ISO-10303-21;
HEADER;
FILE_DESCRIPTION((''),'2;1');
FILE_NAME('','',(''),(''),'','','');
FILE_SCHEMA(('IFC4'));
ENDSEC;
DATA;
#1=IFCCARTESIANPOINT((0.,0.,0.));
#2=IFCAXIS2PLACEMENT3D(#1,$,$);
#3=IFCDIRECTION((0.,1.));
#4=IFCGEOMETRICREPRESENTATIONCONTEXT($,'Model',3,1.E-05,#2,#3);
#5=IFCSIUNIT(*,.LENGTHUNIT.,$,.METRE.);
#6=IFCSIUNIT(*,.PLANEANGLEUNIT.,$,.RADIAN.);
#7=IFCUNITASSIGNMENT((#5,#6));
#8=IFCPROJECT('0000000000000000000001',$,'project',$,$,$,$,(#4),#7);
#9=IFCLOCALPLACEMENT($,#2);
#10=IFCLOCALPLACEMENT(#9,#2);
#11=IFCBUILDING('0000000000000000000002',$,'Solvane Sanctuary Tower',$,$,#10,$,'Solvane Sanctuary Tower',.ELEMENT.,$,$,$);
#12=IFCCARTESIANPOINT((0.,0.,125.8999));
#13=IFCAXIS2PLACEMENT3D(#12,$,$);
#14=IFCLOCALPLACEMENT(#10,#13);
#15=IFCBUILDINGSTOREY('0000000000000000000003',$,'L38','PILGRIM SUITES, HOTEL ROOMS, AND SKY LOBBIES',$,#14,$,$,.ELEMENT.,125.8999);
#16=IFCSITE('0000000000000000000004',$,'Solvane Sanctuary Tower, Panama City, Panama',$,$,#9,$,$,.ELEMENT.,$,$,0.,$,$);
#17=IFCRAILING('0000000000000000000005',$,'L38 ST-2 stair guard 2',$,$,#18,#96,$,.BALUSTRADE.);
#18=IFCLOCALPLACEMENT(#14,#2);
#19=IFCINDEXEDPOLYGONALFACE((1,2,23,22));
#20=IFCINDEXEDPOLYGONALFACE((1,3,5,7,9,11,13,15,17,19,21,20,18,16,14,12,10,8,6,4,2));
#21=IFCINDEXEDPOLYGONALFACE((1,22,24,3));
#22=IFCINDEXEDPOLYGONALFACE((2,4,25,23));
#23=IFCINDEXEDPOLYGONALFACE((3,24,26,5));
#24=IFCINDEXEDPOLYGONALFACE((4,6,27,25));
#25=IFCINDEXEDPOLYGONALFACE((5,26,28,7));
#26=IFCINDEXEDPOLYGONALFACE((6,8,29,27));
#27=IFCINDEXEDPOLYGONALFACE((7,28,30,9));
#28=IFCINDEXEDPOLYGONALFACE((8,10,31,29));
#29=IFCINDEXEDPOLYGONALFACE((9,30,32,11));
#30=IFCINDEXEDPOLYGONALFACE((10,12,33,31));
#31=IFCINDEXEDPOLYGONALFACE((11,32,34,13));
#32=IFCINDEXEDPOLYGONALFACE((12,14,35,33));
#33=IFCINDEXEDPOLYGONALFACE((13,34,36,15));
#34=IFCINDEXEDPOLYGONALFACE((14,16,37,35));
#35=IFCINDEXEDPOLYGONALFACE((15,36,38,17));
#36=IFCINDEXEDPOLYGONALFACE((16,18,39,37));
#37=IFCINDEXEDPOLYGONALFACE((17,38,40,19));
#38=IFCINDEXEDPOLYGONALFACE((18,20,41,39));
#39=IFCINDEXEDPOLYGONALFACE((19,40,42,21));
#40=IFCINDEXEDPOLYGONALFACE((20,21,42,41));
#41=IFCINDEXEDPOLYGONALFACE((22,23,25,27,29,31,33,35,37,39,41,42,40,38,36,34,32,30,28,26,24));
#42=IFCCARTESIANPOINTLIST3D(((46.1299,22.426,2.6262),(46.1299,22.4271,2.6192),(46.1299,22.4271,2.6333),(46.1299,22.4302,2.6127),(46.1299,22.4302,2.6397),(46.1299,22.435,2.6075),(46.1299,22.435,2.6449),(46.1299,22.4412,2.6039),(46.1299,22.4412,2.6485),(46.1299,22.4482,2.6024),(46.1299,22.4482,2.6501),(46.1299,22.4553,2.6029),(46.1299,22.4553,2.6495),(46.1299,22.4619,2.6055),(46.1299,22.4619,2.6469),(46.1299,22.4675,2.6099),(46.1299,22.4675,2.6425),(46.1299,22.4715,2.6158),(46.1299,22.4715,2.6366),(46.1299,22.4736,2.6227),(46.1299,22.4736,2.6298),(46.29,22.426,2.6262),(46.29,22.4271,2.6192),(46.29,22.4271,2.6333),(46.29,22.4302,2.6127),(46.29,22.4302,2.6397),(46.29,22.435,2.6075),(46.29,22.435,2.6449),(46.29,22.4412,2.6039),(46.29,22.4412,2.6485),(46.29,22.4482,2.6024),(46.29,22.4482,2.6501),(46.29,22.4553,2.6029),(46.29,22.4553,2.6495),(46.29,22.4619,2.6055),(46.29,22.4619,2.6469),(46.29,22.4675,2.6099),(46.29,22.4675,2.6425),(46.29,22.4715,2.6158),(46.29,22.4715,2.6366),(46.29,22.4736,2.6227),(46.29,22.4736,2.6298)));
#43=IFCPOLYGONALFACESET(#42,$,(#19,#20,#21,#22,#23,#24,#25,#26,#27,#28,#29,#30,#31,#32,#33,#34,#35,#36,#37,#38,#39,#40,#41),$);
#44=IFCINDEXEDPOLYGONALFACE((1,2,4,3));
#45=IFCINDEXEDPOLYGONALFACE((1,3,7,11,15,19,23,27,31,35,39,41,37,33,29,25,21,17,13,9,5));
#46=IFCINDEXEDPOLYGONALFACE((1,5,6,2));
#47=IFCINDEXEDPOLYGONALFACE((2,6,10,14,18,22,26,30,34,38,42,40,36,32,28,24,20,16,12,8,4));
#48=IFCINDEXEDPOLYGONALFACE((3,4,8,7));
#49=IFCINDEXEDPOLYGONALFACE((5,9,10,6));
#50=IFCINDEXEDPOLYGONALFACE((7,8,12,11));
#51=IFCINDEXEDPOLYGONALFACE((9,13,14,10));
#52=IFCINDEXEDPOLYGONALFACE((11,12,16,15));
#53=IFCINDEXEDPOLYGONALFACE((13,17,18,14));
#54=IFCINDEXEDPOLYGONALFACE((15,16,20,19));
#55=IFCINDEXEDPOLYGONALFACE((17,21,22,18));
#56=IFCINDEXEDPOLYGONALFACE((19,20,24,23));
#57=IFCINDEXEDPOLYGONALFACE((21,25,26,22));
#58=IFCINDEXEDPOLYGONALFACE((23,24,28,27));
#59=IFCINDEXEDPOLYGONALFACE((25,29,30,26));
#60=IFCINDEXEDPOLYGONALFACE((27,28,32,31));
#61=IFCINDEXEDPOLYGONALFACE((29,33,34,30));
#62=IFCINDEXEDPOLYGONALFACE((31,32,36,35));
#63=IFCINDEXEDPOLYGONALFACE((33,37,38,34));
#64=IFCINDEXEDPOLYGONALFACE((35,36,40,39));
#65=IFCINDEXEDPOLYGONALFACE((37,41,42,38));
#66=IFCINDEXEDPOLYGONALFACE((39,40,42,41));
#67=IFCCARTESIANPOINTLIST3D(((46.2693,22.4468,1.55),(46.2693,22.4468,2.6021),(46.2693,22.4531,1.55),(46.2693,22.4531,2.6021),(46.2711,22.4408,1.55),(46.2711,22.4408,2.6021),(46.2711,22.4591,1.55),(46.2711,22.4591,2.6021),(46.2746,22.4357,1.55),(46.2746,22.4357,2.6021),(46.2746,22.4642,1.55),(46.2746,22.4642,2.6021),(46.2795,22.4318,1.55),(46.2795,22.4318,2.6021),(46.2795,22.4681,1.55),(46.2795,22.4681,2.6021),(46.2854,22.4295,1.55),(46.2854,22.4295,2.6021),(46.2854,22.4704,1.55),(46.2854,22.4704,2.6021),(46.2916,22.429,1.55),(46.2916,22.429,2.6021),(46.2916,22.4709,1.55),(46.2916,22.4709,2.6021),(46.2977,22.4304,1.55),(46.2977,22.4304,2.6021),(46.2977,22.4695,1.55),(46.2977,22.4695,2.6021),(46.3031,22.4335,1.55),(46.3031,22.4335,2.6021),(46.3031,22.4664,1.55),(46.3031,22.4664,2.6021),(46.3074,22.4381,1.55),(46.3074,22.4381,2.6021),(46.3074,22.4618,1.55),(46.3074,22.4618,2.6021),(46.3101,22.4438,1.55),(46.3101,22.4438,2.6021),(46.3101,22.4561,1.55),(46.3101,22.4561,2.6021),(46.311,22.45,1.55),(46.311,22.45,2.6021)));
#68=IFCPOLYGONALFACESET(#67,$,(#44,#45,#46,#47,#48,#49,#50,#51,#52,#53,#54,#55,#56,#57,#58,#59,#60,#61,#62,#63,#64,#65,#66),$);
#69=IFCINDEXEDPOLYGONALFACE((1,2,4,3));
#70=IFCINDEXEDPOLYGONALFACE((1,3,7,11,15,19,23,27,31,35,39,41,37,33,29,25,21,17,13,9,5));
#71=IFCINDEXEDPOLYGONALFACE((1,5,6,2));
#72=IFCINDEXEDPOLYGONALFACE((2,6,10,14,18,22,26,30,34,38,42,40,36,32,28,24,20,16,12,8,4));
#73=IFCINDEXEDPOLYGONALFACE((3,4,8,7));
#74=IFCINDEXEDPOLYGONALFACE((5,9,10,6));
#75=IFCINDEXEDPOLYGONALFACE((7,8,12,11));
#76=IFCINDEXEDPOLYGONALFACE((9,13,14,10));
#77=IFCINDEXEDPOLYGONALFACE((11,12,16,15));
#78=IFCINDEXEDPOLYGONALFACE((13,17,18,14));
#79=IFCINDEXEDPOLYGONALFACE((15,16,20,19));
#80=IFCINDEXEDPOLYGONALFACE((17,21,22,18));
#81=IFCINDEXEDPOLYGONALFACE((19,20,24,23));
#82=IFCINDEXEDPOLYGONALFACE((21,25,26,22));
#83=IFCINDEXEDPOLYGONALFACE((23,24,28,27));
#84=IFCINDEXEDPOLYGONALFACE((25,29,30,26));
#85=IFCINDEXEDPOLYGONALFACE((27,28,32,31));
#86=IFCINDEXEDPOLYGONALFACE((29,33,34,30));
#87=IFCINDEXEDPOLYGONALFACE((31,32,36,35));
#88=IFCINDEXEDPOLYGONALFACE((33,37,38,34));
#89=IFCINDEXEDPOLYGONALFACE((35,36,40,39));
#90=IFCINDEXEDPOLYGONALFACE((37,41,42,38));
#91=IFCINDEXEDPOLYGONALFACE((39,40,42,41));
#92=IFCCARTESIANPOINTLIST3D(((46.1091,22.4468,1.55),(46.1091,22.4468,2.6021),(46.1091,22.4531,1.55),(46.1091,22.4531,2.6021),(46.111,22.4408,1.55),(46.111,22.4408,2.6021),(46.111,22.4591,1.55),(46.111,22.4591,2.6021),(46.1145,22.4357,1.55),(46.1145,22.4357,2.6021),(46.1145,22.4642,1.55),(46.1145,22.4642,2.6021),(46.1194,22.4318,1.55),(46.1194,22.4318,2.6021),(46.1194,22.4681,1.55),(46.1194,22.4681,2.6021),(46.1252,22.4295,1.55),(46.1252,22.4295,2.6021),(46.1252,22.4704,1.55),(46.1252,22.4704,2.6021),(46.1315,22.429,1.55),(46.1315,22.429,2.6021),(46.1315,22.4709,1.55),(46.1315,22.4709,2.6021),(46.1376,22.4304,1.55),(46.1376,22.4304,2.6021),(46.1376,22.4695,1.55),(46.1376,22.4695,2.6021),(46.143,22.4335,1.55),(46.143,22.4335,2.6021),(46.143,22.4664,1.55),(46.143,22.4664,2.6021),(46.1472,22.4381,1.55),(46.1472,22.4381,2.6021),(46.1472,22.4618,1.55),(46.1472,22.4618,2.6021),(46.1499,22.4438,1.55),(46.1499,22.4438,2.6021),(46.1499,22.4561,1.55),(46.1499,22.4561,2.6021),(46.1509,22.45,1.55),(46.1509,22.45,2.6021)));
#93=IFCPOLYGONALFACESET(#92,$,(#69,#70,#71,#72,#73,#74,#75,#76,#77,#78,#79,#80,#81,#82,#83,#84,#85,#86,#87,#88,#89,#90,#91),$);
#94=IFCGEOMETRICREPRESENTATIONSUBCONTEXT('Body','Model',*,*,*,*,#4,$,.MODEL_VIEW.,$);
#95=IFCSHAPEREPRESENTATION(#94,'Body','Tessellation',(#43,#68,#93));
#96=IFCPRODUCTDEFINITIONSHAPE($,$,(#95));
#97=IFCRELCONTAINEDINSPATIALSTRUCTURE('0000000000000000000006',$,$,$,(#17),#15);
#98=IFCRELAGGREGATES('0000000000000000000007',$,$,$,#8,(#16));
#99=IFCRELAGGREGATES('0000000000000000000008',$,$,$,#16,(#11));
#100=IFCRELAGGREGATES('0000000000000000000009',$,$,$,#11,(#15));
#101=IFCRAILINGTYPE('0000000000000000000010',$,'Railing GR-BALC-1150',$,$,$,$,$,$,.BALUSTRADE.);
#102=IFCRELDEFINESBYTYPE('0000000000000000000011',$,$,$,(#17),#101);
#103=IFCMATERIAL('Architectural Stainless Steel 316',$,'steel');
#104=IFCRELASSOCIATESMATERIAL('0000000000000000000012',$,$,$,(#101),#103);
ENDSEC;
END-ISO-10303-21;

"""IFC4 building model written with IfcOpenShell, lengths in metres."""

from ifc_helpers import new_model, si_unit, direction, frame, origin, origin_2d, place, context, subcontext, project, spatial, circle, extrude, material, type_object, element, save


model = new_model("IFC4")

# Units and contexts
model_context = context("Model", 3, precision=1e-05, world=origin(), true_north=direction((0.0, 1.0)))
body_context = subcontext(model_context, "Body", "Model", "MODEL_VIEW")
ifc_project = project(units=[si_unit("LENGTHUNIT", "METRE"), si_unit("PLANEANGLEUNIT", "RADIAN")], contexts=[model_context])

# Site, building, storey
site_placement = place(None, origin())
site = spatial("IfcSite", under=ifc_project, at=site_placement, Name="Solvane Sanctuary Tower, Panama City, Panama", CompositionType="ELEMENT", RefElevation=0.0)
building_placement = place(site_placement, origin())
building = spatial("IfcBuilding", under=site, at=building_placement, Name="Solvane Sanctuary Tower", LongName="Solvane Sanctuary Tower", CompositionType="ELEMENT")
storey_placement = place(building_placement, frame((0.0, 0.0, 125.8999)))
storey = spatial("IfcBuildingStorey", under=building, at=storey_placement, Name="L38", Description="PILGRIM SUITES, HOTEL ROOMS, AND SKY LOBBIES", CompositionType="ELEMENT", Elevation=125.8999)

# Shared definitions
ifc_material_1 = material(Name="Architectural Stainless Steel 316", Category="steel")

# Railing
railing_type_1 = type_object("IfcRailingType", Name="Railing GR-BALC-1150", PredefinedType="BALUSTRADE", material=ifc_material_1)
railing_1_placement = place(storey_placement, frame((46.29, 22.45, 1.55)))
element("IfcRailing", 1, at=railing_1_placement, inside=storey, type_object=railing_type_1, Name="L38 ST-2 stair guard 2", PredefinedType="BALUSTRADE", context=body_context, shape_type="SweptSolid", body=[
    extrude(circle(Radius=0.0239, at=origin_2d()), frame((0.0, 0.0, 1.0762), z_axis=(-1.0, 0.0, 0.0), x_axis=(0.0, -1.0, 0.0)), (0.0, 0.0, 1.0), 0.1602),
    extrude(circle(Radius=0.021, at=origin_2d()), origin(), (0.0, 0.0, 1.0), 1.052),
    extrude(circle(Radius=0.021, at=origin_2d()), frame((-0.1602, 0.0, 0.0)), (0.0, 0.0, 1.0), 1.052),
])

save(model, "model.ifc")
